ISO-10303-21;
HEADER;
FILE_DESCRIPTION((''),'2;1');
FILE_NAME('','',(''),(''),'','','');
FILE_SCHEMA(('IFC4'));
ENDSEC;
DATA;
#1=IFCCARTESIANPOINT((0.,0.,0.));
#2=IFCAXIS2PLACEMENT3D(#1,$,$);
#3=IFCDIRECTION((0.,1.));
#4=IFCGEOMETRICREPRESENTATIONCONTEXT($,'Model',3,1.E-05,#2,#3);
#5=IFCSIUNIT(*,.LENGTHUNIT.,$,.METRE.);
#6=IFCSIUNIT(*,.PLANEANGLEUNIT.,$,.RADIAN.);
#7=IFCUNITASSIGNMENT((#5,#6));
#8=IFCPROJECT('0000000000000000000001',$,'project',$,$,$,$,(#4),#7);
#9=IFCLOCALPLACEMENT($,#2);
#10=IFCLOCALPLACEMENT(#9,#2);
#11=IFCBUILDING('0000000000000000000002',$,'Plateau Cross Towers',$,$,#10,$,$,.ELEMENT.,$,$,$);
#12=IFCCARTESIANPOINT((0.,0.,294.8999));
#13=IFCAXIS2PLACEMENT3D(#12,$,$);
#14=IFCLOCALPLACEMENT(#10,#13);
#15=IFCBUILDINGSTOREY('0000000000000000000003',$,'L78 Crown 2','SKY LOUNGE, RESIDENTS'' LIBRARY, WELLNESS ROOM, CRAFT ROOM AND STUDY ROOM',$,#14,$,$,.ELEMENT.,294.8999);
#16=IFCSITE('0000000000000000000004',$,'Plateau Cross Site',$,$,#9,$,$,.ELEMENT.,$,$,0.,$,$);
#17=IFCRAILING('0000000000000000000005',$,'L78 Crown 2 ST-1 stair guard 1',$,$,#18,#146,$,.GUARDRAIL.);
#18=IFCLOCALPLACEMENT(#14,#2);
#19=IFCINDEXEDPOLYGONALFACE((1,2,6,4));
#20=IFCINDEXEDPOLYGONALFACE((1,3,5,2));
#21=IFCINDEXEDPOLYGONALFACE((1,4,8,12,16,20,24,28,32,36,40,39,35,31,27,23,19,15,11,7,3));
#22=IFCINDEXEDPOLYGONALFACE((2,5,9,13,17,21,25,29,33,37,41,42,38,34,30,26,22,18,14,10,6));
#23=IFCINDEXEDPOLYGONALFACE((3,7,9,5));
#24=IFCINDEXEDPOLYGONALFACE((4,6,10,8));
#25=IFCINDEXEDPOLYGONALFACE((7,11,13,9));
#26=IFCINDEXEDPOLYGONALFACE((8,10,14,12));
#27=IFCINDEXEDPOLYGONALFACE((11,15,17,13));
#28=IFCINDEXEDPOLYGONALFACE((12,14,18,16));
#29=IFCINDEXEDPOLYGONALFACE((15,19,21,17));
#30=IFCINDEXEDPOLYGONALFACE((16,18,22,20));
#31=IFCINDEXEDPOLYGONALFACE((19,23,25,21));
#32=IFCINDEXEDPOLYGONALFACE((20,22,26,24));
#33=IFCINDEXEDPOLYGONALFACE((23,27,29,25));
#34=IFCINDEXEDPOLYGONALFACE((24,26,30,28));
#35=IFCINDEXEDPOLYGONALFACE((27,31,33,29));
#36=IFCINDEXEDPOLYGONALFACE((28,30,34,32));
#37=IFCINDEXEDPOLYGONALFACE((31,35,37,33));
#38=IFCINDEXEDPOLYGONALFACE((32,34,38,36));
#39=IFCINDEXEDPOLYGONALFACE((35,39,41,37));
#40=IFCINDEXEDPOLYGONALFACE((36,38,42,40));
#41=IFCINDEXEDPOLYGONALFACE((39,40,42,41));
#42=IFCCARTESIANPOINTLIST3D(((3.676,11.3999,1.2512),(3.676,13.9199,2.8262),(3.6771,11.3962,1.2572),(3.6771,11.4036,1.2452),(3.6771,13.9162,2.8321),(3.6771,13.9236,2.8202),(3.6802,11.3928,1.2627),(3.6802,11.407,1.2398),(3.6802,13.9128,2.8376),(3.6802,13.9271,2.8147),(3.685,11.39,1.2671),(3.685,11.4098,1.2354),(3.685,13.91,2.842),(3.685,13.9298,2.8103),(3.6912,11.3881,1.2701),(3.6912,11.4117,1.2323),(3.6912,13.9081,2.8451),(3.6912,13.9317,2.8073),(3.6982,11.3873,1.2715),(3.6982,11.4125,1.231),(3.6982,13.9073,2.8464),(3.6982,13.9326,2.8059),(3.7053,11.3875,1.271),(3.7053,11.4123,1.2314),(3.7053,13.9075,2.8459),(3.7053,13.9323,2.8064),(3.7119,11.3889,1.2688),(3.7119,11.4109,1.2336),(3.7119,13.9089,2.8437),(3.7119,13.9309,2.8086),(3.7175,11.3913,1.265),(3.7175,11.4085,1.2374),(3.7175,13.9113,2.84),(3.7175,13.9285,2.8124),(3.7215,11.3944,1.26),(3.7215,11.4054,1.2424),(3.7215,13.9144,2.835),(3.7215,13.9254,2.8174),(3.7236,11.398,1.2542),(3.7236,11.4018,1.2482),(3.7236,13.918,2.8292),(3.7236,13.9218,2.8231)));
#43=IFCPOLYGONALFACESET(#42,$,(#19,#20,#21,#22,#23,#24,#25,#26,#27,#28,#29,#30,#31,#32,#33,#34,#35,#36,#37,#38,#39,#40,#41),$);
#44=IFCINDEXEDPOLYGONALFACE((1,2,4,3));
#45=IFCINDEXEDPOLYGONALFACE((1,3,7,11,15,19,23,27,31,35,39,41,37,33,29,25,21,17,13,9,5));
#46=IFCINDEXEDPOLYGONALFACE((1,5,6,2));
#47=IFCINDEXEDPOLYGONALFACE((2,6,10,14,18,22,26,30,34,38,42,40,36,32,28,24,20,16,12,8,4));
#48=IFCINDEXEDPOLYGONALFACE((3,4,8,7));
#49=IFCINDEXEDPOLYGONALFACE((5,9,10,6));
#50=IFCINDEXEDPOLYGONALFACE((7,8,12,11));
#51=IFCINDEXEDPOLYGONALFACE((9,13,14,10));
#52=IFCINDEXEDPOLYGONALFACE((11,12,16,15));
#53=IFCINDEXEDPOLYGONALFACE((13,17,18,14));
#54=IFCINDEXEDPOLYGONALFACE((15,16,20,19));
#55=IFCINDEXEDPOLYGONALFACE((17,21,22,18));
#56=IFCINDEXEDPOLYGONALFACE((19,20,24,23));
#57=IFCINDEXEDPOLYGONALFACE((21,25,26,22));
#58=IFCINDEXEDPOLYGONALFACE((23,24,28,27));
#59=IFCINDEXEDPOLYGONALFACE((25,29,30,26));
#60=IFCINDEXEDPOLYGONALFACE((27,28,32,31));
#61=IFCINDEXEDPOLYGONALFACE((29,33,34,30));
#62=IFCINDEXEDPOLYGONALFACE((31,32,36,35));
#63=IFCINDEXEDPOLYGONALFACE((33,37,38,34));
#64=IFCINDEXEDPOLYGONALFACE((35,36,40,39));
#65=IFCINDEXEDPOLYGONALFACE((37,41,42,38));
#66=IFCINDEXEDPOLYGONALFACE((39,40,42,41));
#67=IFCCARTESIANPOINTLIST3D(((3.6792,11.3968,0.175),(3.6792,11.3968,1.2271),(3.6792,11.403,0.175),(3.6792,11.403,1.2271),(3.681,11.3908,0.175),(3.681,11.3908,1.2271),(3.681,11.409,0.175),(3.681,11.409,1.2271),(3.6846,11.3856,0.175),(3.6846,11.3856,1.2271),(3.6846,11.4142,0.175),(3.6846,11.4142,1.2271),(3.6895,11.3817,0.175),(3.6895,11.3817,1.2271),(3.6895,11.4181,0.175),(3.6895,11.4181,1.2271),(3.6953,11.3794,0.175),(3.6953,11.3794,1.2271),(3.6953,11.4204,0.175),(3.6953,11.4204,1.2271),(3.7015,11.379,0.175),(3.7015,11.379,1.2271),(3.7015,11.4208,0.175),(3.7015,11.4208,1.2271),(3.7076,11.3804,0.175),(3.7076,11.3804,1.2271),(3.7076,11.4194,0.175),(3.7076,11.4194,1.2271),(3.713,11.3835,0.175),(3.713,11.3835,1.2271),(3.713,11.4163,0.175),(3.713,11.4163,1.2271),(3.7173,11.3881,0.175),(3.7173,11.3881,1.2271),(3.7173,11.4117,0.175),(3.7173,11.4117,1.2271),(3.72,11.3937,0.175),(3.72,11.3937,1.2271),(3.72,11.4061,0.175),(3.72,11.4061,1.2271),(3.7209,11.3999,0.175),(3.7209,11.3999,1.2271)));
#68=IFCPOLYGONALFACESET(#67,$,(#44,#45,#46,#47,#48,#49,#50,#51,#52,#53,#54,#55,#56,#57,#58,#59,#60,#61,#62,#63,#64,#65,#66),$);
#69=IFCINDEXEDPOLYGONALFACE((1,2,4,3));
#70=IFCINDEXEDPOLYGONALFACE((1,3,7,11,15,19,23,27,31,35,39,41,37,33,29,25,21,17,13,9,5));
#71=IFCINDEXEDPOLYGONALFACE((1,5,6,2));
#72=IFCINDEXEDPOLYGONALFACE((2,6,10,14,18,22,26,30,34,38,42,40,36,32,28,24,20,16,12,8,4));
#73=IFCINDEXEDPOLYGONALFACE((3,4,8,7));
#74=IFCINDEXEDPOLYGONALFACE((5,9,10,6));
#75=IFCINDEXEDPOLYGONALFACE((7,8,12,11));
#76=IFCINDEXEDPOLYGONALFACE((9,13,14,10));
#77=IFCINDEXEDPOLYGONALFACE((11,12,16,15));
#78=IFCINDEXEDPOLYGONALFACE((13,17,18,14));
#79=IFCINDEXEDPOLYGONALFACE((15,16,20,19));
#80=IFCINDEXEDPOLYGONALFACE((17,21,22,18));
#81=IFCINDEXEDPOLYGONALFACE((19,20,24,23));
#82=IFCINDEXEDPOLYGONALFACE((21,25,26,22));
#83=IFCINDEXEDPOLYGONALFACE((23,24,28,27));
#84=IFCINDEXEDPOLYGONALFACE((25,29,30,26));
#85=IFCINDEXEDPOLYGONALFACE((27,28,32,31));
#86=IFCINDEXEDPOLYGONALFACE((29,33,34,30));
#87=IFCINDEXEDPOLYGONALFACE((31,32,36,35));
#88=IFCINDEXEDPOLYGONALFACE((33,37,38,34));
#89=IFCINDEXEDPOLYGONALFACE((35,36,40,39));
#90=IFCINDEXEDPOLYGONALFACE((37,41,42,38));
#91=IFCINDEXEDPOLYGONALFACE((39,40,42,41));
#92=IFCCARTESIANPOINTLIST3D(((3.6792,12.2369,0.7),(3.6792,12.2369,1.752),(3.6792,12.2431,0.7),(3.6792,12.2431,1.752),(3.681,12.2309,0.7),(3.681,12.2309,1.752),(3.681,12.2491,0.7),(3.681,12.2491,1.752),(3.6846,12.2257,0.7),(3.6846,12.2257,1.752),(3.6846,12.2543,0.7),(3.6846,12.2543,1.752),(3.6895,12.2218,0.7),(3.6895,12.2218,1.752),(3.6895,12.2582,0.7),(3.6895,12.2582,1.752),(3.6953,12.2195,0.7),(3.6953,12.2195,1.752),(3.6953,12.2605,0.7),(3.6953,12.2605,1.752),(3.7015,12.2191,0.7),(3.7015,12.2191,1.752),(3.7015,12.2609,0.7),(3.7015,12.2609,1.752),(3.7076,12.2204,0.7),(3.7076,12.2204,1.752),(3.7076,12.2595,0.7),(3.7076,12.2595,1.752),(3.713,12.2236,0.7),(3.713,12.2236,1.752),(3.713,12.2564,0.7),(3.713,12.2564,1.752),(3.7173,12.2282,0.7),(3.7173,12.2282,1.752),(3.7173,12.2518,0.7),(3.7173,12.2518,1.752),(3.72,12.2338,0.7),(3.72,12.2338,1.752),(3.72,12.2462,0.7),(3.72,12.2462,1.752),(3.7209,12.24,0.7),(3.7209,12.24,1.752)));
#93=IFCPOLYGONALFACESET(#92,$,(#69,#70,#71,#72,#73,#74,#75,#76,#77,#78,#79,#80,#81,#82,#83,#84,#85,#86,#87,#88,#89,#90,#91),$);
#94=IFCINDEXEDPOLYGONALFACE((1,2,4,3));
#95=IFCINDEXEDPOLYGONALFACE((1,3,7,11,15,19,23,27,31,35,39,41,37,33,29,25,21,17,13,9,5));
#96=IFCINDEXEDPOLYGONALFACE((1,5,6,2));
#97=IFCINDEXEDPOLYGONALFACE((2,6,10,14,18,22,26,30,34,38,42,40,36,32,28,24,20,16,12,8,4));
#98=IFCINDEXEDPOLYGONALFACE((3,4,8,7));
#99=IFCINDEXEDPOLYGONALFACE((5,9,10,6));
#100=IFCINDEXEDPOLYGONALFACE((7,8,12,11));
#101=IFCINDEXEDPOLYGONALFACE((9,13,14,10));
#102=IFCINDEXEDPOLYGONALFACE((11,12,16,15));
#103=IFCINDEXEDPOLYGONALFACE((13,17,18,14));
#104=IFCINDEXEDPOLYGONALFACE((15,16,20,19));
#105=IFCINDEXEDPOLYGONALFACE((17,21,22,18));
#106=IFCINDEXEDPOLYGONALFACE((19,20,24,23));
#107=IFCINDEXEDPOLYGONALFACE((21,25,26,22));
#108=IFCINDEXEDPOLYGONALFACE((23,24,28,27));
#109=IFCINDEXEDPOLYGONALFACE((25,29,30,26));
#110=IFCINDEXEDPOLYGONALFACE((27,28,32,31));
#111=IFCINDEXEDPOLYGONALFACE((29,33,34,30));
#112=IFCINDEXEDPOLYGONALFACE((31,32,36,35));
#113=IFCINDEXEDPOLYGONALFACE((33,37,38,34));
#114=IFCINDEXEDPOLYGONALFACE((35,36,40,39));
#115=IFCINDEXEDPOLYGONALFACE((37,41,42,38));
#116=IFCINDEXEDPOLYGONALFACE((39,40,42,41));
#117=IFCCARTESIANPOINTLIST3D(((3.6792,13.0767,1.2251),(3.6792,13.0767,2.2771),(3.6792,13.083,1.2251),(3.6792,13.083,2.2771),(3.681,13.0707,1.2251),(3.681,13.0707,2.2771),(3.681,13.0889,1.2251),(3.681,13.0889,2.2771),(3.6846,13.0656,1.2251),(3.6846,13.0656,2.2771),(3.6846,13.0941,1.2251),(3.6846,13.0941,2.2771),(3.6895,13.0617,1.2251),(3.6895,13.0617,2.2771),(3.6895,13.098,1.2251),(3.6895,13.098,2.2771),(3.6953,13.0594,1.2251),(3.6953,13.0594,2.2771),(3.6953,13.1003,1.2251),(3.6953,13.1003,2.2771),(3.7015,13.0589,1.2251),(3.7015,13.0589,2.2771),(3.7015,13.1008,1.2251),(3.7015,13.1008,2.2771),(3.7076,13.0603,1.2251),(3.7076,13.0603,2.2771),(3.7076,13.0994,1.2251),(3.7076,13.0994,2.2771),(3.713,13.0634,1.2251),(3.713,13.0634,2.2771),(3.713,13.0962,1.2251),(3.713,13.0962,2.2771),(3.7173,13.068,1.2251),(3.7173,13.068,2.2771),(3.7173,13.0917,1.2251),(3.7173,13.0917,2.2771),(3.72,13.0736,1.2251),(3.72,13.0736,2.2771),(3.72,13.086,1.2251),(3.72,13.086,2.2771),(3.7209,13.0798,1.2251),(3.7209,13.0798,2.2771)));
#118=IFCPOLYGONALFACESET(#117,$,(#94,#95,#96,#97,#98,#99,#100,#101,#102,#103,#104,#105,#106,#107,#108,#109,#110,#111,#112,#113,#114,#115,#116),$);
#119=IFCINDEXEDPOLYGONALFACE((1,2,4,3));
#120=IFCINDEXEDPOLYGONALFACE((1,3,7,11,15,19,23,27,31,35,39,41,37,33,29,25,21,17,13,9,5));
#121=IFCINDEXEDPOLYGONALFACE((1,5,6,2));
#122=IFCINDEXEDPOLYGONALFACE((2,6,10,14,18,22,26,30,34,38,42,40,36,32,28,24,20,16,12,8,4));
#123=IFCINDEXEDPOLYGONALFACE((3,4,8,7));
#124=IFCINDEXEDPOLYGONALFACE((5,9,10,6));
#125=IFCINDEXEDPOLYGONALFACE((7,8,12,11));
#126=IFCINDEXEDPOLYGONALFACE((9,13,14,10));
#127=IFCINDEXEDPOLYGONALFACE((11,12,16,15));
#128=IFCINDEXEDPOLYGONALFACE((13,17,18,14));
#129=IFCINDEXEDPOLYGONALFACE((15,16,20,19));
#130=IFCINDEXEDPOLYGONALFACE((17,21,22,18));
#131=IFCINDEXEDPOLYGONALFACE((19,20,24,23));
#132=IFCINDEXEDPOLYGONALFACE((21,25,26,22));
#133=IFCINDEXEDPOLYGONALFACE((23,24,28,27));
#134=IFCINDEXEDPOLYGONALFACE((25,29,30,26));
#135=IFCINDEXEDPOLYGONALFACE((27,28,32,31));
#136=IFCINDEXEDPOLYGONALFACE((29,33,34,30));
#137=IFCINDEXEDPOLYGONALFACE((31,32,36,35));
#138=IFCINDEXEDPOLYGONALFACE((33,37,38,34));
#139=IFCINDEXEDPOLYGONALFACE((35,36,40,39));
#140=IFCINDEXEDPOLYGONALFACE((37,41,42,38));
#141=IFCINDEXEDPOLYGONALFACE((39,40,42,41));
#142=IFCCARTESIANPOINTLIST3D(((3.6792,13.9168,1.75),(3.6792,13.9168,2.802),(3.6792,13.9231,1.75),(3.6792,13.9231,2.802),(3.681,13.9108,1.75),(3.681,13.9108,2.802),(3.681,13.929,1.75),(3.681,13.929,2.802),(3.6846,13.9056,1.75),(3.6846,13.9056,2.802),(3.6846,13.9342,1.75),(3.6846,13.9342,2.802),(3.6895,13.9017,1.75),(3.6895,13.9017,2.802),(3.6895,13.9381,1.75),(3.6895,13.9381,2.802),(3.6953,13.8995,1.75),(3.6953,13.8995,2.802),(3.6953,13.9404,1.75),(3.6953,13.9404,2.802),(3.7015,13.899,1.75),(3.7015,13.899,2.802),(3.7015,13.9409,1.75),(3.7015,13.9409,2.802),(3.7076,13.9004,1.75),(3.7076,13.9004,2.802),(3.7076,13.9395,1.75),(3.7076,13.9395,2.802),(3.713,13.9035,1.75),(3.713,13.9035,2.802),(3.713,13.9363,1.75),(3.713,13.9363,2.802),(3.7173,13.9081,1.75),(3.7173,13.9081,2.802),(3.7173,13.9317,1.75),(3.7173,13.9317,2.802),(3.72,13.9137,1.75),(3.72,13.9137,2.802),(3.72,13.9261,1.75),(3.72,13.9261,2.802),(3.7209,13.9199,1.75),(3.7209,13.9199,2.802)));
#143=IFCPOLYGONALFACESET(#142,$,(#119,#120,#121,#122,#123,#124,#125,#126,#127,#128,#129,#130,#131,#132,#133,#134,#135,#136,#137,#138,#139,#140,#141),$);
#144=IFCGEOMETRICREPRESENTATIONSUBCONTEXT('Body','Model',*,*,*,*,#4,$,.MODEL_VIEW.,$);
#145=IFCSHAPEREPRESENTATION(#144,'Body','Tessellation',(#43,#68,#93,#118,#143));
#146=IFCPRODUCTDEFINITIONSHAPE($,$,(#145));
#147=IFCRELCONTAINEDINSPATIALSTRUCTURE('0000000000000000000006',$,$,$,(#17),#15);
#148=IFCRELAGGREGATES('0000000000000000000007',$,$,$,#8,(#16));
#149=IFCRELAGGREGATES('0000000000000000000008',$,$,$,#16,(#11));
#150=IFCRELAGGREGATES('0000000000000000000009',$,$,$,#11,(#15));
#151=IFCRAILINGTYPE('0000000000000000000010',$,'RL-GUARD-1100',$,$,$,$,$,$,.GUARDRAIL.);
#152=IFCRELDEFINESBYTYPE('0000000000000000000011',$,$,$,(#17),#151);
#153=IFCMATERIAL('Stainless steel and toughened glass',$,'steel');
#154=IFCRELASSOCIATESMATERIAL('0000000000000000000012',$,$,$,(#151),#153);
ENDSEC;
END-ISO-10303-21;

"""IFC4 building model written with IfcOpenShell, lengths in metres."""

from ifc_helpers import new_model, si_unit, direction, frame, origin, origin_2d, place, context, subcontext, project, spatial, circle, extrude, material, type_object, element, save


model = new_model("IFC4")

# Units and contexts
model_context = context("Model", 3, precision=1e-05, world=origin(), true_north=direction((0.0, 1.0)))
body_context = subcontext(model_context, "Body", "Model", "MODEL_VIEW")
ifc_project = project(units=[si_unit("LENGTHUNIT", "METRE"), si_unit("PLANEANGLEUNIT", "RADIAN")], contexts=[model_context])

# Site, building, storey
site_placement = place(None, origin())
site = spatial("IfcSite", under=ifc_project, at=site_placement, Name="Plateau Cross Site", CompositionType="ELEMENT", RefElevation=0.0)
building_placement = place(site_placement, origin())
building = spatial("IfcBuilding", under=site, at=building_placement, Name="Plateau Cross Towers", CompositionType="ELEMENT")
storey_placement = place(building_placement, frame((0.0, 0.0, 294.8999)))
storey = spatial("IfcBuildingStorey", under=building, at=storey_placement, Name="L78 Crown 2", Description="SKY LOUNGE, RESIDENTS' LIBRARY, WELLNESS ROOM, CRAFT ROOM AND STUDY ROOM", CompositionType="ELEMENT", Elevation=294.8999)

# Railing
ifc_material_1 = material(Name="Stainless steel and toughened glass", Category="steel")
railing_type_1 = type_object("IfcRailingType", Name="RL-GUARD-1100", PredefinedType="GUARDRAIL", material=ifc_material_1)
railing_1_placement = place(storey_placement, frame((3.7, 11.3999, 0.175)))
element("IfcRailing", 1, at=railing_1_placement, inside=storey, type_object=railing_type_1, Name="L78 Crown 2 ST-1 stair guard 1", PredefinedType="GUARDRAIL", context=body_context, shape_type="SweptSolid", body=[
    extrude(circle(Radius=0.0239, at=origin_2d()), frame((0.0, 0.0, 1.0762), z_axis=(0.0, 0.848008, 0.529984), x_axis=(-1.0, 0.0, 0.0)), (0.0, 0.0, 1.0), 2.9717),
    extrude(circle(Radius=0.021, at=origin_2d()), origin(), (0.0, 0.0, 1.0), 1.052),
    extrude(circle(Radius=0.021, at=origin_2d()), frame((0.0, 0.8401, 0.5249)), (0.0, 0.0, 1.0), 1.052),
    extrude(circle(Radius=0.021, at=origin_2d()), frame((0.0, 1.6799, 1.05)), (0.0, 0.0, 1.0), 1.052),
    extrude(circle(Radius=0.021, at=origin_2d()), frame((0.0, 2.52, 1.575)), (0.0, 0.0, 1.0), 1.052),
])

save(model, "model.ifc")
